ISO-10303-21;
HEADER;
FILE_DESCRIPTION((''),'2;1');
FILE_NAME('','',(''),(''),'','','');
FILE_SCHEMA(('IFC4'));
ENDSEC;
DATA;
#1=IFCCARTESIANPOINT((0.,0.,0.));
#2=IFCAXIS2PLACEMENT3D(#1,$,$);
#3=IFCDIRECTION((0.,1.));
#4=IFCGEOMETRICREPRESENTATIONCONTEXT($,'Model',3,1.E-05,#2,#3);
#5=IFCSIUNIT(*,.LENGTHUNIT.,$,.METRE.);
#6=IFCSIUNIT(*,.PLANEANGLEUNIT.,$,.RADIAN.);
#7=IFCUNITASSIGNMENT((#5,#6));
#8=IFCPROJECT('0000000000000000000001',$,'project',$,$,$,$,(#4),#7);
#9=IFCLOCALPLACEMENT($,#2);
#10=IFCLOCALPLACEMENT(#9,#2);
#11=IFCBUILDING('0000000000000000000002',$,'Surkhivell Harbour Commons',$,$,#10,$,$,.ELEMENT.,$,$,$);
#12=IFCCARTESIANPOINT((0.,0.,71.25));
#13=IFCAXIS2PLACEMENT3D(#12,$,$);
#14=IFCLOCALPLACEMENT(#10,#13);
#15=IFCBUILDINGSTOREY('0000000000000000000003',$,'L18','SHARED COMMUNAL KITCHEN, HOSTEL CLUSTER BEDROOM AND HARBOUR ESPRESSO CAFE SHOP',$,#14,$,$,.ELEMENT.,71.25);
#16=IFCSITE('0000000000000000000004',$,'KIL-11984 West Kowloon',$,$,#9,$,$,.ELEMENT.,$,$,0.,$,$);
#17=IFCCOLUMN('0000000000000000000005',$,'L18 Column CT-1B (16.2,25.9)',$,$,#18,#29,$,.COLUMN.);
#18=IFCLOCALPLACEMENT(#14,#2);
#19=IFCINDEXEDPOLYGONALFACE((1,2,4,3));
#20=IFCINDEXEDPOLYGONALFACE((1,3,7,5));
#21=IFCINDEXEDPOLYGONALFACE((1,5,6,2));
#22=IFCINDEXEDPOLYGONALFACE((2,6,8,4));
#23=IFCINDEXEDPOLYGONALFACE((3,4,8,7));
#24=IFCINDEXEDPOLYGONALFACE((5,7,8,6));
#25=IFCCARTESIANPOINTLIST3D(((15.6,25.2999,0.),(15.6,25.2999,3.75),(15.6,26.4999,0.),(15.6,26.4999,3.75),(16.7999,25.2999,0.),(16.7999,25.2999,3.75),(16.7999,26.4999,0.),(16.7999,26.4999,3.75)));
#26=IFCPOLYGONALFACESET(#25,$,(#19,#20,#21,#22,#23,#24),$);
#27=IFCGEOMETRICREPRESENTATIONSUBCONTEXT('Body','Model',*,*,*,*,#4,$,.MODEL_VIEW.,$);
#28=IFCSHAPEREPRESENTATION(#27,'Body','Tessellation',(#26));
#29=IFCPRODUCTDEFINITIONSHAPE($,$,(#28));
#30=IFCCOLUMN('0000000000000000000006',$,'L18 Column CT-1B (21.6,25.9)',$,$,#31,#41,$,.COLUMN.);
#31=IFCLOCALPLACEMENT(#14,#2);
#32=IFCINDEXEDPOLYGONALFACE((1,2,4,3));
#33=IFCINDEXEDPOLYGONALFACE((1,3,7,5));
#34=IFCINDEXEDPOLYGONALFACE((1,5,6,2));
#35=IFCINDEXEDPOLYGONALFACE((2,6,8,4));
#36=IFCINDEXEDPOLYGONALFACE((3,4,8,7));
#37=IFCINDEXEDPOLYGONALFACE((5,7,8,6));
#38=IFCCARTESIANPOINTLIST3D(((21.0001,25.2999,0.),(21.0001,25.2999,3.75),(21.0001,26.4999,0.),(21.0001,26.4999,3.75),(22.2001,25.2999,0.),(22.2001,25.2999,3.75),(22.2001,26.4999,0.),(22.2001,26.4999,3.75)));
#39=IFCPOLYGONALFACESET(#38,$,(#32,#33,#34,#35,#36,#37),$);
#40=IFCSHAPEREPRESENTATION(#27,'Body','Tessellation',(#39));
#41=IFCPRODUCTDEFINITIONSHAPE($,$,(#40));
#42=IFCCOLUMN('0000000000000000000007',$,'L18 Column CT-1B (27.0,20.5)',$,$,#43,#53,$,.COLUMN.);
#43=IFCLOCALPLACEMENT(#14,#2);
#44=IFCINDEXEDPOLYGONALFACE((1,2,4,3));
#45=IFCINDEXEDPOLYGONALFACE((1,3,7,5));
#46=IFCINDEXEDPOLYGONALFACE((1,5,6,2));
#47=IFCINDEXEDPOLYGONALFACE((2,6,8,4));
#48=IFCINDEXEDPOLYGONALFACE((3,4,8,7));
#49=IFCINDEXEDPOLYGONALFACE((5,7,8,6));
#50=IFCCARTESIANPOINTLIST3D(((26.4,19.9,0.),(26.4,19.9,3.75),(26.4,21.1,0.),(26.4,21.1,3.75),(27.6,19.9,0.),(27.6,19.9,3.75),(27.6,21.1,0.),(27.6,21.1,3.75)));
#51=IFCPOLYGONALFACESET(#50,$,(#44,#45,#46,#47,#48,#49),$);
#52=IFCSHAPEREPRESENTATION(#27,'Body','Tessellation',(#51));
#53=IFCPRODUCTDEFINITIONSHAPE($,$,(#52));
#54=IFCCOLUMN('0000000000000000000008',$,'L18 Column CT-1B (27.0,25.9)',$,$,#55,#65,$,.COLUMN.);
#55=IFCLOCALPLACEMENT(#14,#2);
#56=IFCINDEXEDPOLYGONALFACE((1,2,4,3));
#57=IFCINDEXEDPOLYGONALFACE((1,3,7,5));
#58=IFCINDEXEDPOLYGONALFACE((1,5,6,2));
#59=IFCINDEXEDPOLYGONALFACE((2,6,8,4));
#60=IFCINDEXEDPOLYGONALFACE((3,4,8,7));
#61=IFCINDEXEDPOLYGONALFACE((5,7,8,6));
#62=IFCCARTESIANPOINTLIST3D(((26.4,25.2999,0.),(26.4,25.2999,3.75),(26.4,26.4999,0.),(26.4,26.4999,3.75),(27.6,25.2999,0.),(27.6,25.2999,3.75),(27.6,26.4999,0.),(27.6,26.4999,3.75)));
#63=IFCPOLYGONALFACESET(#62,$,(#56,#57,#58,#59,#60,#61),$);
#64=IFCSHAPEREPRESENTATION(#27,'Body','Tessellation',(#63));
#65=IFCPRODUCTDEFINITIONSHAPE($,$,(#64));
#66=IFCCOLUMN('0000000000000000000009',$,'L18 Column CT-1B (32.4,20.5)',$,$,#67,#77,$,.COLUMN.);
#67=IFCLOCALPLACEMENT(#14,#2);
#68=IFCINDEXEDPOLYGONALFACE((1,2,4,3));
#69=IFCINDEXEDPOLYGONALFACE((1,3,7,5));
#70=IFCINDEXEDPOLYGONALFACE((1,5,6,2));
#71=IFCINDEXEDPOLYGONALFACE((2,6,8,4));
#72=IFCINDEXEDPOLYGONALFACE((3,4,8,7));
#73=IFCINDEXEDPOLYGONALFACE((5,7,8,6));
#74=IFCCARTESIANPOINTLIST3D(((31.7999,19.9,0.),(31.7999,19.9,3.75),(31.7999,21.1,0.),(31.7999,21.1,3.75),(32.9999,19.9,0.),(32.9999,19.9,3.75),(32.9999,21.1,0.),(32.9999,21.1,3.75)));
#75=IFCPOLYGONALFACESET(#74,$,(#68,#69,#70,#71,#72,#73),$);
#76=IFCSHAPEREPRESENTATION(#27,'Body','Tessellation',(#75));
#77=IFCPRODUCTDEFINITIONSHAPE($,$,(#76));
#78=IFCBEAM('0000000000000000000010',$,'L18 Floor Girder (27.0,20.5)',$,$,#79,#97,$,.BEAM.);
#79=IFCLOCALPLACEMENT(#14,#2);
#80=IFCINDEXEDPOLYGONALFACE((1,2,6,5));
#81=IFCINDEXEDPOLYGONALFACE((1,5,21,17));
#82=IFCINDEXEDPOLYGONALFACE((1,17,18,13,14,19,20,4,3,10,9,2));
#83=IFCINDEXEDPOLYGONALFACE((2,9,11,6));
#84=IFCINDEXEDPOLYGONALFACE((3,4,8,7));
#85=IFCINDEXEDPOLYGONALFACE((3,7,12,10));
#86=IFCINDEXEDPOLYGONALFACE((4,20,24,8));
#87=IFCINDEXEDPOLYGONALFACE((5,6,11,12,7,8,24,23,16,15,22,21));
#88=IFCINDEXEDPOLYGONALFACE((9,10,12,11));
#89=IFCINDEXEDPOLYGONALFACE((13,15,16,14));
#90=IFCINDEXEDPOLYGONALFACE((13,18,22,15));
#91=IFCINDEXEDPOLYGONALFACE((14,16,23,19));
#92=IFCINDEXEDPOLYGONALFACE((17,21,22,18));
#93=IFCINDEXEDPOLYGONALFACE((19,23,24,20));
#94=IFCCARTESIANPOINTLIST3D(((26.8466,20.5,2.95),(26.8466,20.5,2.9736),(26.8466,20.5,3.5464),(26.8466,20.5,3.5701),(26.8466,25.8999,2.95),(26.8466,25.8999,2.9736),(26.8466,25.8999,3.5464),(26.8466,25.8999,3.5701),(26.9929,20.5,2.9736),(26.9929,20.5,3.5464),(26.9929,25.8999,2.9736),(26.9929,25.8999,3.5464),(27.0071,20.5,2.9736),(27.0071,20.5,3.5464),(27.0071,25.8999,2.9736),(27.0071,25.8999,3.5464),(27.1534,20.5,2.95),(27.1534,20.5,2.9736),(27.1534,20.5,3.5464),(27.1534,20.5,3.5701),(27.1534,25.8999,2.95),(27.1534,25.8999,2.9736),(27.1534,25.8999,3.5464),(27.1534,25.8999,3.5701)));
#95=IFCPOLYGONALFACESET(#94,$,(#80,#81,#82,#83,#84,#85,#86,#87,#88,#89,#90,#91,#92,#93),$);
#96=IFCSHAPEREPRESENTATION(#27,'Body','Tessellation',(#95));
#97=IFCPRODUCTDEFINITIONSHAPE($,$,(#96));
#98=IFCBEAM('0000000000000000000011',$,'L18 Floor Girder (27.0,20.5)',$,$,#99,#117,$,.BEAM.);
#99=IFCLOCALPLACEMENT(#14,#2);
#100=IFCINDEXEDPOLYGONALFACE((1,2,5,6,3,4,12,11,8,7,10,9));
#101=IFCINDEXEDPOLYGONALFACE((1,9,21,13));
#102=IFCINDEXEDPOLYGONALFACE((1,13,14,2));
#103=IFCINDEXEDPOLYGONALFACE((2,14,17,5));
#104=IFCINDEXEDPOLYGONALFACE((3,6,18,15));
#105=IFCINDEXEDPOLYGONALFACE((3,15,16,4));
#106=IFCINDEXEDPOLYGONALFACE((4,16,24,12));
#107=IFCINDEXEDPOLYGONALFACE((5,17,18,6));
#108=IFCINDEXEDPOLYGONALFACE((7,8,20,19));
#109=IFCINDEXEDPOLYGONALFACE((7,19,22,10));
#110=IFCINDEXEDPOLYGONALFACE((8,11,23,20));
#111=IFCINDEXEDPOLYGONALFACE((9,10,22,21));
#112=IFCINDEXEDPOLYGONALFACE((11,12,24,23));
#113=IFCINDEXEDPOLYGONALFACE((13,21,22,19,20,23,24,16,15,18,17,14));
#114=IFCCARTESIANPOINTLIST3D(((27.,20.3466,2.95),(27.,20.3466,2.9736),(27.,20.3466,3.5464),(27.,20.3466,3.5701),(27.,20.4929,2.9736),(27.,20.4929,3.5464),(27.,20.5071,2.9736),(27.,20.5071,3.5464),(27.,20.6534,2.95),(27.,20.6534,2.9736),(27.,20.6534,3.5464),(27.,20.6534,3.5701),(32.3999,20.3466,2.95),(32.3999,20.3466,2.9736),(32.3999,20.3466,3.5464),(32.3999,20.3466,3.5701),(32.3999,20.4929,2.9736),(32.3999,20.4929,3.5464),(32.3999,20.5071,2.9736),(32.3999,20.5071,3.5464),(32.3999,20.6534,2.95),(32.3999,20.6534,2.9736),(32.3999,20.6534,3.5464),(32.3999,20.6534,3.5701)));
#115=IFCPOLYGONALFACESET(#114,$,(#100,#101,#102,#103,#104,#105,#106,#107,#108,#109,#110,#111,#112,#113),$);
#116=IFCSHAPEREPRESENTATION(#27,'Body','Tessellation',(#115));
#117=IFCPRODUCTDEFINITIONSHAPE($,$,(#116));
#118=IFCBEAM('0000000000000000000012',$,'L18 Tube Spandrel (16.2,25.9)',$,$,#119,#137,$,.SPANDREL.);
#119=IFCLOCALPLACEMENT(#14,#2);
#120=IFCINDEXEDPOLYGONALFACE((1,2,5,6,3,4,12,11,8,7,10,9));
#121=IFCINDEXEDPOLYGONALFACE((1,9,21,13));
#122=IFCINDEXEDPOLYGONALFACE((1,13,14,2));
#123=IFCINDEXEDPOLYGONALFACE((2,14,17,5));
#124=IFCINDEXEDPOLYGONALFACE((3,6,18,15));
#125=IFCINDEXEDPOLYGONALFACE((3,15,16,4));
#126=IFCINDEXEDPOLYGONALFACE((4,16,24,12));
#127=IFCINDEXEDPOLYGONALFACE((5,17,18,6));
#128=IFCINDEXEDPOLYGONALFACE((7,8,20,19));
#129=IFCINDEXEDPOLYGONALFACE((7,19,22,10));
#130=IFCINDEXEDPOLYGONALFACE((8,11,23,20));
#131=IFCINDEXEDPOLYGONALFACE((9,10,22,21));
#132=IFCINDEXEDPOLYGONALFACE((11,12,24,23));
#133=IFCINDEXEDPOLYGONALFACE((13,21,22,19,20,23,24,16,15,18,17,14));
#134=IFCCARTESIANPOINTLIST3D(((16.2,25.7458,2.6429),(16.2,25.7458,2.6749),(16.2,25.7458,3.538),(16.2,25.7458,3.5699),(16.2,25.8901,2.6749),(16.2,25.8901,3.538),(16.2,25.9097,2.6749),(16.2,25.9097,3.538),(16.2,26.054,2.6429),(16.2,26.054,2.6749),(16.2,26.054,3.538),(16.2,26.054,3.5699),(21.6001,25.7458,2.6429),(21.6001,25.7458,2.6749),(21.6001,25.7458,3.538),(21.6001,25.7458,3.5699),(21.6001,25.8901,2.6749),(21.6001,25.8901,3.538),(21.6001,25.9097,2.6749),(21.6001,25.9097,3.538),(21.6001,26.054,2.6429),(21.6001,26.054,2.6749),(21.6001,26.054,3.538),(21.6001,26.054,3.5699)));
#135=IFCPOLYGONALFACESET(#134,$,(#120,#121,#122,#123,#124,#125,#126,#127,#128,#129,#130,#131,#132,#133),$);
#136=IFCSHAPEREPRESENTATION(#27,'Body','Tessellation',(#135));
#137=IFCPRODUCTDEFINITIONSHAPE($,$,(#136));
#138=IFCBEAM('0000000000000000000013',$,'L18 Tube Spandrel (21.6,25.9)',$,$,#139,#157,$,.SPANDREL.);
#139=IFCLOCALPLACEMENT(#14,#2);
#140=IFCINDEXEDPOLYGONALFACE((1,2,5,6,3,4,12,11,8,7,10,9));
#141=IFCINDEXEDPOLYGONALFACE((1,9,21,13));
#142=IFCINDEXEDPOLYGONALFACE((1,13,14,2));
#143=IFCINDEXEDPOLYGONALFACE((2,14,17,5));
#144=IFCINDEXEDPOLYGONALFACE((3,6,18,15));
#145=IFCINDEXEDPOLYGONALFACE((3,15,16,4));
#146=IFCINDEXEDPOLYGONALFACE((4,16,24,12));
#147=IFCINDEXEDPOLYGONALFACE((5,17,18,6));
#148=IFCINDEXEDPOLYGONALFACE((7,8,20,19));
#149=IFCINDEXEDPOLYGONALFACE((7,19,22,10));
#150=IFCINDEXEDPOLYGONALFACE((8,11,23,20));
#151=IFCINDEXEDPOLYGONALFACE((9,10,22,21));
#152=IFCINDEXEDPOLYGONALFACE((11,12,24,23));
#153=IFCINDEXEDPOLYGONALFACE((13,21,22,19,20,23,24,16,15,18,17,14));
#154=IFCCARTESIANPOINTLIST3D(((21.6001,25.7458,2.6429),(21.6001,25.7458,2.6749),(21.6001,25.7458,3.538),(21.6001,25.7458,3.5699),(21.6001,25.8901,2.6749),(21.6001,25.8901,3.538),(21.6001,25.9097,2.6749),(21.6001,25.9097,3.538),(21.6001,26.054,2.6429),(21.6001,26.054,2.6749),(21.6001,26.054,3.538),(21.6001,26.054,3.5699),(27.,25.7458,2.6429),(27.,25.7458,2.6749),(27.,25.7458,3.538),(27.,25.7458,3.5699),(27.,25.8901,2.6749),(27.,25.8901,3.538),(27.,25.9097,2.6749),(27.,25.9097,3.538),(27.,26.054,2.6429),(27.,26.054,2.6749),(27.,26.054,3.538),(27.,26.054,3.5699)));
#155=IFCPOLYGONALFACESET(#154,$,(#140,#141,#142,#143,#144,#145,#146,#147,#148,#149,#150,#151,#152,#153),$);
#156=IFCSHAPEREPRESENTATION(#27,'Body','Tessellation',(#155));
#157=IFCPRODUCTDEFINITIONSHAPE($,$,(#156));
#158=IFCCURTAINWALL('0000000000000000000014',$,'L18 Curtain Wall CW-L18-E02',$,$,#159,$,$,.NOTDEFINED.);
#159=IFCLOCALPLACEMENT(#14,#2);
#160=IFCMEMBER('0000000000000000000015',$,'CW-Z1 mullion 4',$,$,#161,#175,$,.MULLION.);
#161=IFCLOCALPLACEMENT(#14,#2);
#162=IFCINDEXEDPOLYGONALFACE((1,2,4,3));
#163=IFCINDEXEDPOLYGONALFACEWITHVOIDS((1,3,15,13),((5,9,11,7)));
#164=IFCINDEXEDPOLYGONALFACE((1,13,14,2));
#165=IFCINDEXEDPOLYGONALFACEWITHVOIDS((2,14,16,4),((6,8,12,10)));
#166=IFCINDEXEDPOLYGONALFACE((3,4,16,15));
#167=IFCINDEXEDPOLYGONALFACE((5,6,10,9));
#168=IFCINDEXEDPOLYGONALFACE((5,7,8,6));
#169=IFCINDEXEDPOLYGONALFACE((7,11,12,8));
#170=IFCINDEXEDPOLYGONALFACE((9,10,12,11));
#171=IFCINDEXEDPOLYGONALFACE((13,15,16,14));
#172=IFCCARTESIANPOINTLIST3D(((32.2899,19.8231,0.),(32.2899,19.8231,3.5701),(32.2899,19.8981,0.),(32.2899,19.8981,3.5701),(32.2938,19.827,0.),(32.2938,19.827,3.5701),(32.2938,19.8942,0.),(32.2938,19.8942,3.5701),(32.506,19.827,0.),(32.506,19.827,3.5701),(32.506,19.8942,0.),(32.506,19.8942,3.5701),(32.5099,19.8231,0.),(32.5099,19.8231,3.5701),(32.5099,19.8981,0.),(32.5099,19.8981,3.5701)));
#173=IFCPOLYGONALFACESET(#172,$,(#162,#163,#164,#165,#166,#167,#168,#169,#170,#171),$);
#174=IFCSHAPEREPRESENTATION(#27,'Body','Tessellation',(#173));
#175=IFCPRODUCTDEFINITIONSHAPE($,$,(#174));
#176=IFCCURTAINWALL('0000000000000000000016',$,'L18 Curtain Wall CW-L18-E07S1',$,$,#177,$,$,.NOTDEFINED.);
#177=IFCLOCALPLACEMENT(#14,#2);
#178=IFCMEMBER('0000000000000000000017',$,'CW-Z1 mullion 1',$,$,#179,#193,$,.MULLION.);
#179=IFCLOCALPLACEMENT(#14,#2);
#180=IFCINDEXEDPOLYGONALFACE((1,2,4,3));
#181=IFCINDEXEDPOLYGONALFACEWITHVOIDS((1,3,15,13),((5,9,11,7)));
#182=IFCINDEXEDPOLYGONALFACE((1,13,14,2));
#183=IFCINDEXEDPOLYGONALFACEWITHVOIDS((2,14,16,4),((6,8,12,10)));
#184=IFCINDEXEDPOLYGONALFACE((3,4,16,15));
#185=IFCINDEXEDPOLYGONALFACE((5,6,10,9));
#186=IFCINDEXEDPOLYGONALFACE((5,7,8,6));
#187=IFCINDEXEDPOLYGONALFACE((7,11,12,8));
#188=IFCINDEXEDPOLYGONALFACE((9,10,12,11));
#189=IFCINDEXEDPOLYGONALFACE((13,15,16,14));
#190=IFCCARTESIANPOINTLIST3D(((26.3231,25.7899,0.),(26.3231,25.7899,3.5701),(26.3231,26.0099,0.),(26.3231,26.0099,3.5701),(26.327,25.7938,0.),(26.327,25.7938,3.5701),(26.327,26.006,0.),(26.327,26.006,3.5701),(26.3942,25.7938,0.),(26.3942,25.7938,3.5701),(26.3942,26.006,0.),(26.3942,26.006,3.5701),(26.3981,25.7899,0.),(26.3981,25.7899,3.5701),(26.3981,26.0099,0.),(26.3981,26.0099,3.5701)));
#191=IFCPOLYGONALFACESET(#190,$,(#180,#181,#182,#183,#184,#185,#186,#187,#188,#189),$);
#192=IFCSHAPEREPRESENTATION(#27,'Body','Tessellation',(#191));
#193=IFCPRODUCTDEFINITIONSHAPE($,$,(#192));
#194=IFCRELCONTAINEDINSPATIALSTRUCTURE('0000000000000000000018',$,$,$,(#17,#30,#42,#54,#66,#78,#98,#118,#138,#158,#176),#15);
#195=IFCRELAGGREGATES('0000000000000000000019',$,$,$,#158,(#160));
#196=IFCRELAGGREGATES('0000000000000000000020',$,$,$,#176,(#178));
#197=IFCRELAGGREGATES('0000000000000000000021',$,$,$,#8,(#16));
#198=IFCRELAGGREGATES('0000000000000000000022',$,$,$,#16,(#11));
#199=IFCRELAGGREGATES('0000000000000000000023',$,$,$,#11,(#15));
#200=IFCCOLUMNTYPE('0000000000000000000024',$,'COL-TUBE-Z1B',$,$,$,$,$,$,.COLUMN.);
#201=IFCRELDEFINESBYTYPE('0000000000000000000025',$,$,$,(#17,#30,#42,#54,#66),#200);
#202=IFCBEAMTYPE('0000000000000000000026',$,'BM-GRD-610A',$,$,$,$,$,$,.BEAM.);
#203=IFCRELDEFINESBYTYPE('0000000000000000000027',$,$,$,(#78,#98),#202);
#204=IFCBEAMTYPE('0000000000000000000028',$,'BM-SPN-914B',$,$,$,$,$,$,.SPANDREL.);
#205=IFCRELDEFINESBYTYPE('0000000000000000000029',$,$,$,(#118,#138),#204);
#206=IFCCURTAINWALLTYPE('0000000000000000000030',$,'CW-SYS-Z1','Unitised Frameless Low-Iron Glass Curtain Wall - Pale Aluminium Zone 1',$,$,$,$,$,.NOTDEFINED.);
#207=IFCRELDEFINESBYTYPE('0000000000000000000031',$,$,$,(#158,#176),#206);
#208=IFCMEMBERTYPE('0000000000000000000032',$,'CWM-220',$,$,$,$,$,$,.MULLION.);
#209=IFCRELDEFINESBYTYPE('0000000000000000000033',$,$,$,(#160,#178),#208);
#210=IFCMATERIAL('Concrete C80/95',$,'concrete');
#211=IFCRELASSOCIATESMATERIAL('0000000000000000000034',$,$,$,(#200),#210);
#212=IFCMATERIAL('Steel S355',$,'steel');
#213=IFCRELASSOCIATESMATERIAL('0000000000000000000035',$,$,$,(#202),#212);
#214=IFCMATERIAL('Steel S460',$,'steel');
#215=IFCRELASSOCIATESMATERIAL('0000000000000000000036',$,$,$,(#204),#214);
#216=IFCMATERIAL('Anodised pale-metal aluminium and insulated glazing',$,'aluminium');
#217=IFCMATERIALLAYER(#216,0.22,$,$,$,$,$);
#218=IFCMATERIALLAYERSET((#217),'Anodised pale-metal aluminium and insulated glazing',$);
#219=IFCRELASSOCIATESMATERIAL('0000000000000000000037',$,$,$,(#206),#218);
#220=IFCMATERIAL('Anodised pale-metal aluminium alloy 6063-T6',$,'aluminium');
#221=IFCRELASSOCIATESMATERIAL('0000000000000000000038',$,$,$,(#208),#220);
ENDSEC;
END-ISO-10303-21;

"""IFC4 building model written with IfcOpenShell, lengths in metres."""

from ifc_helpers import new_model, si_unit, direction, frame, origin, origin_2d, place, context, subcontext, project, spatial, rectangle, hollow_rectangle, i_section, extrude, material, layer, layer_set, material_profile, profile_set, type_object, element, aggregate, save


model = new_model("IFC4")

# Units and contexts
model_context = context("Model", 3, precision=1e-05, world=origin(), true_north=direction((0.0, 1.0)))
body_context = subcontext(model_context, "Body", "Model", "MODEL_VIEW")
ifc_project = project(units=[si_unit("LENGTHUNIT", "METRE"), si_unit("PLANEANGLEUNIT", "RADIAN")], contexts=[model_context])

# Site, building, storey
site_placement = place(None, origin())
site = spatial("IfcSite", under=ifc_project, at=site_placement, Name="KIL-11984 West Kowloon", CompositionType="ELEMENT", RefElevation=0.0)
building_placement = place(site_placement, origin())
building = spatial("IfcBuilding", under=site, at=building_placement, Name="Surkhivell Harbour Commons", CompositionType="ELEMENT")
storey_placement = place(building_placement, frame((0.0, 0.0, 71.25)))
storey = spatial("IfcBuildingStorey", under=building, at=storey_placement, Name="L18", Description="SHARED COMMUNAL KITCHEN, HOSTEL CLUSTER BEDROOM AND HARBOUR ESPRESSO CAFE SHOP", CompositionType="ELEMENT", Elevation=71.25)

# Columns
ifc_material_1 = material(Name="Concrete C80/95", Category="concrete")
ifc_material_profile_1 = material_profile(ifc_material_1, rectangle(XDim=1.2, YDim=1.2, at=origin_2d()), Name="RC-COL-1200x1200")
ifc_profile_set_1 = profile_set([ifc_material_profile_1], Name="Concrete C80/95")
column_type = type_object("IfcColumnType", Name="COL-TUBE-Z1B", PredefinedType="COLUMN", material=ifc_profile_set_1)
for number, where, z_axis, x_axis, name in (
    (1, (16.2, 25.8999, 0.0), (0.0, 0.0, 1.0), (1.0, 0.0, 0.0), "L18 Column CT-1B (16.2,25.9)"),
    (2, (21.6001, 25.8999, 0.0), (0.0, 0.0, 1.0), (1.0, 0.0, 0.0), "L18 Column CT-1B (21.6,25.9)"),
    (3, (27.0, 20.5, 0.0), (0.0, 0.0, 1.0), (1.0, 0.0, 0.0), "L18 Column CT-1B (27.0,20.5)"),
    (4, (27.0, 25.8999, 0.0), (0.0, 0.0, 1.0), (1.0, 0.0, 0.0), "L18 Column CT-1B (27.0,25.9)"),
    (5, (32.3999, 20.5, 0.0), (0.0, 0.0, 1.0), (1.0, 0.0, 0.0), "L18 Column CT-1B (32.4,20.5)"),
):
    element("IfcColumn", number, at=place(storey_placement, frame(where, z_axis=z_axis, x_axis=x_axis)), inside=storey, type_object=column_type, Name=name, PredefinedType="COLUMN", context=body_context, shape_type="SweptSolid", body=[
        extrude(rectangle(XDim=1.2, YDim=1.2, at=origin_2d()), origin(), (0.0, 0.0, 1.0), 3.75),
    ])

# Beams
ifc_material_2 = material(Name="Steel S355", Category="steel")
ifc_material_profile_2 = material_profile(ifc_material_2, i_section(OverallWidth=0.3069, OverallDepth=0.6201, WebThickness=0.0142, FlangeThickness=0.0237, at=origin_2d()), Name="UB610x305x179")
ifc_profile_set_2 = profile_set([ifc_material_profile_2], Name="Steel S355")
beam_type_1 = type_object("IfcBeamType", Name="BM-GRD-610A", PredefinedType="BEAM", material=ifc_profile_set_2)
for number, where, z_axis, x_axis, name in (
    (6, (27.0, 20.5, 3.26), (0.0, 1.0, 0.0), (-1.0, 0.0, 0.0), "L18 Floor Girder (27.0,20.5)"),
    (7, (27.0, 20.5, 3.26), (1.0, 0.0, 0.0), (0.0, 1.0, 0.0), "L18 Floor Girder (27.0,20.5)"),
):
    element("IfcBeam", number, at=place(storey_placement, frame(where, z_axis=z_axis, x_axis=x_axis)), inside=storey, type_object=beam_type_1, Name=name, PredefinedType="BEAM", context=body_context, shape_type="SweptSolid", body=[
        extrude(i_section(OverallWidth=0.3069, OverallDepth=0.6201, WebThickness=0.0142, FlangeThickness=0.0237, at=origin_2d()), origin(), (0.0, 0.0, 1.0), 5.3999),
    ])
ifc_material_3 = material(Name="Steel S460", Category="steel")
ifc_material_profile_3 = material_profile(ifc_material_3, i_section(OverallWidth=0.3081, OverallDepth=0.927, WebThickness=0.0195, FlangeThickness=0.032, at=origin_2d()), Name="UB914x305x289")
ifc_profile_set_3 = profile_set([ifc_material_profile_3], Name="Steel S460")
beam_type_2 = type_object("IfcBeamType", Name="BM-SPN-914B", PredefinedType="SPANDREL", material=ifc_profile_set_3)
beam_1_placement = place(storey_placement, frame((16.2, 25.8999, 3.1064), z_axis=(1.0, 0.0, 0.0), x_axis=(0.0, 1.0, 0.0)))
element("IfcBeam", 8, at=beam_1_placement, inside=storey, type_object=beam_type_2, Name="L18 Tube Spandrel (16.2,25.9)", PredefinedType="SPANDREL", context=body_context, shape_type="SweptSolid", body=[
    extrude(i_section(OverallWidth=0.3081, OverallDepth=0.927, WebThickness=0.0195, FlangeThickness=0.032, at=origin_2d()), origin(), (0.0, 0.0, 1.0), 5.4001),
])
beam_2_placement = place(storey_placement, frame((21.6001, 25.8999, 3.1064), z_axis=(1.0, 0.0, 0.0), x_axis=(0.0, 1.0, 0.0)))
element("IfcBeam", 9, at=beam_2_placement, inside=storey, type_object=beam_type_2, Name="L18 Tube Spandrel (21.6,25.9)", PredefinedType="SPANDREL", context=body_context, shape_type="SweptSolid", body=[
    extrude(i_section(OverallWidth=0.3081, OverallDepth=0.927, WebThickness=0.0195, FlangeThickness=0.032, at=origin_2d()), origin(), (0.0, 0.0, 1.0), 5.3999),
])

# Curtain wall, member
ifc_material_4 = material(Name="Anodised pale-metal aluminium and insulated glazing", Category="aluminium")
ifc_layer_1 = layer(ifc_material_4, 0.22)
ifc_layer_set_1 = layer_set([ifc_layer_1], Name="Anodised pale-metal aluminium and insulated glazing")
curtain_wall_type = type_object("IfcCurtainWallType", Name="CW-SYS-Z1", Description="Unitised Frameless Low-Iron Glass Curtain Wall - Pale Aluminium Zone 1", PredefinedType="NOTDEFINED", material=ifc_layer_set_1)
curtain_wall_1_placement = place(storey_placement, origin())
curtain_wall_1 = element("IfcCurtainWall", 10, at=curtain_wall_1_placement, inside=storey, type_object=curtain_wall_type, Name="L18 Curtain Wall CW-L18-E02", PredefinedType="NOTDEFINED")
ifc_material_5 = material(Name="Anodised pale-metal aluminium alloy 6063-T6", Category="aluminium")
ifc_material_profile_4 = material_profile(ifc_material_5, hollow_rectangle(XDim=0.075, YDim=0.22, WallThickness=0.0039, at=origin_2d()), Name="ALU-MULL-75x220")
ifc_profile_set_4 = profile_set([ifc_material_profile_4], Name="Anodised pale-metal aluminium alloy 6063-T6")
member_type_1 = type_object("IfcMemberType", Name="CWM-220", PredefinedType="MULLION", material=ifc_profile_set_4)
member_1_placement = place(storey_placement, frame((32.3999, 19.8606, 0.0), z_axis=(0.0, 0.0, 1.0), x_axis=(0.0, 1.0, 0.0)))
member_1 = element("IfcMember", 11, at=member_1_placement, type_object=member_type_1, Name="CW-Z1 mullion 4", PredefinedType="MULLION", context=body_context, shape_type="SweptSolid", body=[
    extrude(hollow_rectangle(XDim=0.075, YDim=0.22, WallThickness=0.0039, at=origin_2d()), origin(), (0.0, 0.0, 1.0), 3.5701),
])

# Curtain wall, member
curtain_wall_2_placement = place(storey_placement, origin())
curtain_wall_2 = element("IfcCurtainWall", 12, at=curtain_wall_2_placement, inside=storey, type_object=curtain_wall_type, Name="L18 Curtain Wall CW-L18-E07S1", PredefinedType="NOTDEFINED")
member_2_placement = place(storey_placement, frame((26.3606, 25.8999, 0.0), z_axis=(0.0, 0.0, 1.0), x_axis=(-1.0, 0.0, 0.0)))
member_2 = element("IfcMember", 13, at=member_2_placement, type_object=member_type_1, Name="CW-Z1 mullion 1", PredefinedType="MULLION", context=body_context, shape_type="SweptSolid", body=[
    extrude(hollow_rectangle(XDim=0.075, YDim=0.22, WallThickness=0.0039, at=origin_2d()), origin(), (0.0, 0.0, 1.0), 3.5701),
])

aggregate(curtain_wall_1, [member_1])
aggregate(curtain_wall_2, [member_2])

save(model, "model.ifc")
